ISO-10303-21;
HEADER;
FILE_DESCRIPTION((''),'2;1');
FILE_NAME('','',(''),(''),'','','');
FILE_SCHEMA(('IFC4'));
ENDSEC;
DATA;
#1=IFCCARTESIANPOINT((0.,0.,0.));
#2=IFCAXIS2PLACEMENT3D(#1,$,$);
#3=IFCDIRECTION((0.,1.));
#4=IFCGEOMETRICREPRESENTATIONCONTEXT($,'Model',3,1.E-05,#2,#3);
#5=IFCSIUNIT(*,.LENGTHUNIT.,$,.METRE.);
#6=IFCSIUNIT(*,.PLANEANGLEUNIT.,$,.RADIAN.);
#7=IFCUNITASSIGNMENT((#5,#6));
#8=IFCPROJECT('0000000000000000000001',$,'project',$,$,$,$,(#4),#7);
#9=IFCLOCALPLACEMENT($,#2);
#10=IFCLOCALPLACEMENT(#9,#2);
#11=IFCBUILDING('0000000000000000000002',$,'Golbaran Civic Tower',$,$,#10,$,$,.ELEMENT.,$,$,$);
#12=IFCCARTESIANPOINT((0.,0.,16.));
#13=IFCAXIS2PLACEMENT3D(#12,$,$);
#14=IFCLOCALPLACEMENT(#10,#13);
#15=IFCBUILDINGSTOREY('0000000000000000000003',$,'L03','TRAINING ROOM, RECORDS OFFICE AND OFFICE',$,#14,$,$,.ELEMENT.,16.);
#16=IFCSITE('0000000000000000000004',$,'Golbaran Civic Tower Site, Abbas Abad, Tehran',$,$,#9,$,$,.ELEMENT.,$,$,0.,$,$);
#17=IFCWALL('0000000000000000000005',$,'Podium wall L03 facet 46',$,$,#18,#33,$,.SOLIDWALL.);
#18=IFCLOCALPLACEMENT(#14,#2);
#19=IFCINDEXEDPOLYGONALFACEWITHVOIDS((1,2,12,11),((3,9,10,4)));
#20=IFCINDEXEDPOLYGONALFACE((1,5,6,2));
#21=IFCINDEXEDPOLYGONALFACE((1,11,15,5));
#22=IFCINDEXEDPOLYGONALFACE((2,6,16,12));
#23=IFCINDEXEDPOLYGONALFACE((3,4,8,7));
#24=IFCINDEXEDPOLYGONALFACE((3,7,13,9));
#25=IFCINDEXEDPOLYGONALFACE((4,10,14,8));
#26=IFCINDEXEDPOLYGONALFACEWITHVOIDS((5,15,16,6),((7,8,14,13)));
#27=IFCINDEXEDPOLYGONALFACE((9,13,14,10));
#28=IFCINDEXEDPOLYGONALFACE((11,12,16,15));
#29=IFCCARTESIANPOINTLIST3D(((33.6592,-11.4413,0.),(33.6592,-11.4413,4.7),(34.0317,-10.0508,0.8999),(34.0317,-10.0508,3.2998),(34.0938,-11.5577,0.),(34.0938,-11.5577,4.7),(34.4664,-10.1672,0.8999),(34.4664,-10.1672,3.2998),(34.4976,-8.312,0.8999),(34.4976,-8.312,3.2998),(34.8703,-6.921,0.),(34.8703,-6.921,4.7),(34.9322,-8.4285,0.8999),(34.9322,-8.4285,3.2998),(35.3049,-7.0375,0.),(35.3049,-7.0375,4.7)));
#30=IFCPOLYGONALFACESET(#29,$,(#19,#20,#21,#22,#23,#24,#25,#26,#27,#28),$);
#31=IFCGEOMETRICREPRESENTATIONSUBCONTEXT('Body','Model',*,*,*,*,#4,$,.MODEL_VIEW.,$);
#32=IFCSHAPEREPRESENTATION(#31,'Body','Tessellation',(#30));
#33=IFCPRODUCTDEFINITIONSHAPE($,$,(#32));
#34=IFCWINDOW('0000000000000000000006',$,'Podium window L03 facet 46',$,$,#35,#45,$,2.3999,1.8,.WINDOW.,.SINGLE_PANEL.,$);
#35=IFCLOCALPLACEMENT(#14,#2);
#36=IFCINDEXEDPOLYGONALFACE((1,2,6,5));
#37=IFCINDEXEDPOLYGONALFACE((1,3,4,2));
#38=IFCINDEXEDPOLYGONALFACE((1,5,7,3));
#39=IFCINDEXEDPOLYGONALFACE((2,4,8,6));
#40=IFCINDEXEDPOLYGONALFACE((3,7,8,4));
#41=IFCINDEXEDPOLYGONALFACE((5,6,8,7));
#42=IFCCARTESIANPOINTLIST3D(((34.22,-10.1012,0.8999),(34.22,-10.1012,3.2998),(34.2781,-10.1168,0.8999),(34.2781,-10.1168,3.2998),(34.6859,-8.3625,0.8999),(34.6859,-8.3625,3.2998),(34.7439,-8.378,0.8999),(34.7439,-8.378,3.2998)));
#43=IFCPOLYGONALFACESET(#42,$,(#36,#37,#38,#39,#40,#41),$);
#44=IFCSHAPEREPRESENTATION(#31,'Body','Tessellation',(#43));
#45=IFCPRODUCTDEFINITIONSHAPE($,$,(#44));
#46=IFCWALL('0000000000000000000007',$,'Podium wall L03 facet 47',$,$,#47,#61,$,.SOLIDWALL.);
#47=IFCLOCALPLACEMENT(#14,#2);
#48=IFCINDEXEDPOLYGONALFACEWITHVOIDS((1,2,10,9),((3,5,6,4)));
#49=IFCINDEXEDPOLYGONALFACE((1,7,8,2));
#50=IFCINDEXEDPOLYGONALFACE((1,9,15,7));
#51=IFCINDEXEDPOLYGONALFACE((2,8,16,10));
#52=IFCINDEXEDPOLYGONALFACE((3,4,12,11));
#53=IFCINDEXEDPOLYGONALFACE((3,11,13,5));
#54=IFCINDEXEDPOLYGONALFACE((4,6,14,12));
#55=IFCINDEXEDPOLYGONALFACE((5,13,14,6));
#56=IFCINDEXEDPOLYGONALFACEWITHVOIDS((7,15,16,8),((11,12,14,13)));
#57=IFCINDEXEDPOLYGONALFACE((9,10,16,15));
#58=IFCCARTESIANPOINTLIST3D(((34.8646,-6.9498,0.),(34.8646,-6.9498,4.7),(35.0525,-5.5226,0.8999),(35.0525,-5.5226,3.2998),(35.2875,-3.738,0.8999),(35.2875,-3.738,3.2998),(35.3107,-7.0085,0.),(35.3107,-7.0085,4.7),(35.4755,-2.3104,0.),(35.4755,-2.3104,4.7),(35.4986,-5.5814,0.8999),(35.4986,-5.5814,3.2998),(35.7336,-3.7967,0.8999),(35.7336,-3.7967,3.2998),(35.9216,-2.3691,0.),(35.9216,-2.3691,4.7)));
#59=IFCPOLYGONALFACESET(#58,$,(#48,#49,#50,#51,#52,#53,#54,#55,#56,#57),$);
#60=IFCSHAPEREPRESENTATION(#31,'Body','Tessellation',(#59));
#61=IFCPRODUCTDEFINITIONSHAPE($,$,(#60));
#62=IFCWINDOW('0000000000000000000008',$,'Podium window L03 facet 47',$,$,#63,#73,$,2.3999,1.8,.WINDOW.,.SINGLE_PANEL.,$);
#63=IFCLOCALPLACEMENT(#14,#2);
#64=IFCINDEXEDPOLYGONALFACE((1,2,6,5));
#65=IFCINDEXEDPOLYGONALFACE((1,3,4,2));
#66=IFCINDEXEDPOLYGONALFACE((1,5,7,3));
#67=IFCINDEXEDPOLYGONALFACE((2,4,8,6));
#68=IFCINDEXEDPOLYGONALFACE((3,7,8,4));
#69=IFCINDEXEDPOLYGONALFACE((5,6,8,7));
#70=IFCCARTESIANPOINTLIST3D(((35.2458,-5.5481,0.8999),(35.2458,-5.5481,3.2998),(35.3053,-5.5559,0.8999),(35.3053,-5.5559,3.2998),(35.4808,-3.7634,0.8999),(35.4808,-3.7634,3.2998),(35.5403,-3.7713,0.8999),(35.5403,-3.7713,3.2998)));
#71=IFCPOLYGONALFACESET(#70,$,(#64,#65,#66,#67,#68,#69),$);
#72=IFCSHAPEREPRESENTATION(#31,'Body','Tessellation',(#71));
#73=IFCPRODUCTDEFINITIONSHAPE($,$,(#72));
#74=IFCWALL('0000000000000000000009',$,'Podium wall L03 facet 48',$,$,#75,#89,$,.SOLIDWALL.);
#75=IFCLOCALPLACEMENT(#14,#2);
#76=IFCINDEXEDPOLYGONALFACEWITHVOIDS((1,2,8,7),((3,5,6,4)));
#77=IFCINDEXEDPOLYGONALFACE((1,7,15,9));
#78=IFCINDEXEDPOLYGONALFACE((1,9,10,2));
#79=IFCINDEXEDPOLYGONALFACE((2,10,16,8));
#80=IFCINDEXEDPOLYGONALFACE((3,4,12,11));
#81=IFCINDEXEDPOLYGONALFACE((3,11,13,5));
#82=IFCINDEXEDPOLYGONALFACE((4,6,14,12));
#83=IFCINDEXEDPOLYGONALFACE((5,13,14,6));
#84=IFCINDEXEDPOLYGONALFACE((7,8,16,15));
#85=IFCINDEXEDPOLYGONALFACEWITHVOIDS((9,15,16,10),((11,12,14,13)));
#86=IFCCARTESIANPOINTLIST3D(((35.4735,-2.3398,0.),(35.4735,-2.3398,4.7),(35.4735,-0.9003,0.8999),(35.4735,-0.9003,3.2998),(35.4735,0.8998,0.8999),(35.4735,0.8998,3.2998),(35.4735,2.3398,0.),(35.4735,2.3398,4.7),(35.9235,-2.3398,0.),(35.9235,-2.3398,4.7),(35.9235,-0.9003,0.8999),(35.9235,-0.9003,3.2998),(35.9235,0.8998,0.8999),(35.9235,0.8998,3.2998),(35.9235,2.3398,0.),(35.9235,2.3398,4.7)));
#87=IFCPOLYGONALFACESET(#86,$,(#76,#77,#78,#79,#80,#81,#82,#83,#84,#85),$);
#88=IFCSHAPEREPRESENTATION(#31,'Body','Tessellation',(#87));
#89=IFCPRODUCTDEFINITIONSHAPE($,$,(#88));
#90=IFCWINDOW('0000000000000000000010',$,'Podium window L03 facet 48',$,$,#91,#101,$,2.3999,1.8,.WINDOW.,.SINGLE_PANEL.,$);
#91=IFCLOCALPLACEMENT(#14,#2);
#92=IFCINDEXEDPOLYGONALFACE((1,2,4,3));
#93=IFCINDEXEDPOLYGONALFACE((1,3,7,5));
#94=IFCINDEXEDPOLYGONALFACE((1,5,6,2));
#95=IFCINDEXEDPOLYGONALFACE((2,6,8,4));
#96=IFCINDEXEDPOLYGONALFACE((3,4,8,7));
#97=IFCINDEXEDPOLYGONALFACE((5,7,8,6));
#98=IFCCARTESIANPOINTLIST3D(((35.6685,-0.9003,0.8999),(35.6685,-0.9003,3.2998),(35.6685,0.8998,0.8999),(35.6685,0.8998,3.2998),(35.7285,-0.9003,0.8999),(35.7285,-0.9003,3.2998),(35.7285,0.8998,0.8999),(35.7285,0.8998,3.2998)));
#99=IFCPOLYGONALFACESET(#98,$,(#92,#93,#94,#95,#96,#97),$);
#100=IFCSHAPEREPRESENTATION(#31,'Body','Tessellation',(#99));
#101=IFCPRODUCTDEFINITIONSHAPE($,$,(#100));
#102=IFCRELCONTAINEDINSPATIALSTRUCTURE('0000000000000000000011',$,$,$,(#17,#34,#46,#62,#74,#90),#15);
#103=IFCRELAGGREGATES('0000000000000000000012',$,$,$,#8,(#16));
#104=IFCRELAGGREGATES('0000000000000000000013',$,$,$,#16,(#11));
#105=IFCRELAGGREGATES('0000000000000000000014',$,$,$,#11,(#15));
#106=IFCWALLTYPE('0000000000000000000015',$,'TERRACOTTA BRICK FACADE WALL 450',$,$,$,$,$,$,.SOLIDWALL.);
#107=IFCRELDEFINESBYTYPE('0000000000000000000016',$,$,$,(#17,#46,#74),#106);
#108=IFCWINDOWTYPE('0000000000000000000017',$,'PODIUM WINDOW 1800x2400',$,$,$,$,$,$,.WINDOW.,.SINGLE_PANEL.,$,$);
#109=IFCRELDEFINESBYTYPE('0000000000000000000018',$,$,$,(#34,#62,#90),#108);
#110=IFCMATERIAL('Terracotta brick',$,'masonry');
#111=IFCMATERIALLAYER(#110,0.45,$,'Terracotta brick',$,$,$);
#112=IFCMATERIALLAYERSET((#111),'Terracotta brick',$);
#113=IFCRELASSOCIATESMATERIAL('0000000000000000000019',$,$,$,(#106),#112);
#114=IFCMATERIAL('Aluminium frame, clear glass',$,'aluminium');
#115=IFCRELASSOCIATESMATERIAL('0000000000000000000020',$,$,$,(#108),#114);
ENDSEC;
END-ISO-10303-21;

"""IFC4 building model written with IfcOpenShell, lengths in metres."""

from ifc_helpers import new_model, si_unit, direction, frame, frame_2d, origin, place, context, subcontext, project, spatial, rectangle, extrude, material, layer, layer_set, type_object, element, fill, save


model = new_model("IFC4")

# Units and contexts
model_context = context("Model", 3, precision=1e-05, world=origin(), true_north=direction((0.0, 1.0)))
body_context = subcontext(model_context, "Body", "Model", "MODEL_VIEW")
ifc_project = project(units=[si_unit("LENGTHUNIT", "METRE"), si_unit("PLANEANGLEUNIT", "RADIAN")], contexts=[model_context])

# Site, building, storey
site_placement = place(None, origin())
site = spatial("IfcSite", under=ifc_project, at=site_placement, Name="Golbaran Civic Tower Site, Abbas Abad, Tehran", CompositionType="ELEMENT", RefElevation=0.0)
building_placement = place(site_placement, origin())
building = spatial("IfcBuilding", under=site, at=building_placement, Name="Golbaran Civic Tower", CompositionType="ELEMENT")
storey_placement = place(building_placement, frame((0.0, 0.0, 16.0)))
storey = spatial("IfcBuildingStorey", under=building, at=storey_placement, Name="L03", Description="TRAINING ROOM, RECORDS OFFICE AND OFFICE", CompositionType="ELEMENT", Elevation=16.0)

# Walls, openings, windows
ifc_material_1 = material(Name="Terracotta brick", Category="masonry")
ifc_layer_1 = layer(ifc_material_1, 0.45, Name="Terracotta brick")
ifc_layer_set_1 = layer_set([ifc_layer_1], Name="Terracotta brick")
wall_type_1 = type_object("IfcWallType", Name="TERRACOTTA BRICK FACADE WALL 450", PredefinedType="SOLIDWALL", material=ifc_layer_set_1)
ifc_material_2 = material(Name="Aluminium frame, clear glass", Category="aluminium")
window_type = type_object("IfcWindowType", Name="PODIUM WINDOW 1800x2400", PartitioningType="SINGLE_PANEL", PredefinedType="WINDOW", material=ifc_material_2)
wall_1_placement = place(storey_placement, frame((33.8765, -11.4995, 0.0), z_axis=(0.0, 0.0, 1.0), x_axis=(0.258815, 0.965927, 0.0)))
wall_1 = element("IfcWall", 1, at=wall_1_placement, inside=storey, type_object=wall_type_1, Name="Podium wall L03 facet 46", PredefinedType="SOLIDWALL", context=body_context, shape_type="SweptSolid", body=[
    extrude(rectangle(XDim=4.6797, YDim=0.45, at=frame_2d((2.3398, 0.0))), origin(), (0.0, 0.0, 1.0), 4.7),
])
opening_1_placement = place(wall_1_placement, frame((1.4397, 0.0, 0.8999)))
opening_1 = element("IfcOpeningElement", 2, at=opening_1_placement, cuts=wall_1, PredefinedType="OPENING", context=body_context, shape_type="SweptSolid", body=[
    extrude(rectangle(XDim=1.8, YDim=2.3999, at=frame_2d((0.8999, 1.2))), frame((0.0, 0.2349, 0.0), z_axis=(0.0, -1.0, 0.0), x_axis=(1.0, 0.0, 0.0)), (0.0, 0.0, 1.0), 0.47),
])
window_1_placement = place(opening_1_placement, origin())
window_1 = element("IfcWindow", 3, at=window_1_placement, inside=storey, type_object=window_type, Name="Podium window L03 facet 46", OverallHeight=2.3999, OverallWidth=1.8, PartitioningType="SINGLE_PANEL", PredefinedType="WINDOW", context=body_context, shape_type="SweptSolid", body=[
    extrude(rectangle(XDim=1.8, YDim=2.3999, at=frame_2d((0.8999, 1.2))), frame((0.0, 0.03, 0.0), z_axis=(0.0, -1.0, 0.0), x_axis=(1.0, 0.0, 0.0)), (0.0, 0.0, 1.0), 0.0601),
])
fill(opening_1, window_1)
wall_2_placement = place(storey_placement, frame((35.0876, -6.9792, 0.0), z_axis=(0.0, 0.0, 1.0), x_axis=(0.130537, 0.991443, 0.0)))
wall_2 = element("IfcWall", 4, at=wall_2_placement, inside=storey, type_object=wall_type_1, Name="Podium wall L03 facet 47", PredefinedType="SOLIDWALL", context=body_context, shape_type="SweptSolid", body=[
    extrude(rectangle(XDim=4.6794, YDim=0.45, at=frame_2d((2.3398, 0.0))), origin(), (0.0, 0.0, 1.0), 4.7),
])
opening_2_placement = place(wall_2_placement, frame((1.4397, 0.0, 0.8999)))
opening_2 = element("IfcOpeningElement", 5, at=opening_2_placement, cuts=wall_2, PredefinedType="OPENING", context=body_context, shape_type="SweptSolid", body=[
    extrude(rectangle(XDim=1.8, YDim=2.3999, at=frame_2d((0.8999, 1.2))), frame((0.0, 0.2349, 0.0), z_axis=(0.0, -1.0, 0.0), x_axis=(1.0, 0.0, 0.0)), (0.0, 0.0, 1.0), 0.47),
])
window_2_placement = place(opening_2_placement, origin())
window_2 = element("IfcWindow", 6, at=window_2_placement, inside=storey, type_object=window_type, Name="Podium window L03 facet 47", OverallHeight=2.3999, OverallWidth=1.8, PartitioningType="SINGLE_PANEL", PredefinedType="WINDOW", context=body_context, shape_type="SweptSolid", body=[
    extrude(rectangle(XDim=1.8, YDim=2.3999, at=frame_2d((0.8999, 1.2))), frame((0.0, 0.03, 0.0), z_axis=(0.0, -1.0, 0.0), x_axis=(1.0, 0.0, 0.0)), (0.0, 0.0, 1.0), 0.0601),
])
fill(opening_2, window_2)
wall_3_placement = place(storey_placement, frame((35.6985, -2.3398, 0.0), z_axis=(0.0, 0.0, 1.0), x_axis=(0.0, 1.0, 0.0)))
wall_3 = element("IfcWall", 7, at=wall_3_placement, inside=storey, type_object=wall_type_1, Name="Podium wall L03 facet 48", PredefinedType="SOLIDWALL", context=body_context, shape_type="SweptSolid", body=[
    extrude(rectangle(XDim=4.6797, YDim=0.45, at=frame_2d((2.3398, 0.0))), origin(), (0.0, 0.0, 1.0), 4.7),
])
opening_3_placement = place(wall_3_placement, frame((1.4397, 0.0, 0.8999)))
opening_3 = element("IfcOpeningElement", 8, at=opening_3_placement, cuts=wall_3, PredefinedType="OPENING", context=body_context, shape_type="SweptSolid", body=[
    extrude(rectangle(XDim=1.8, YDim=2.3999, at=frame_2d((0.8999, 1.2))), frame((0.0, 0.2349, 0.0), z_axis=(0.0, -1.0, 0.0), x_axis=(1.0, 0.0, 0.0)), (0.0, 0.0, 1.0), 0.47),
])
window_3_placement = place(opening_3_placement, origin())
window_3 = element("IfcWindow", 9, at=window_3_placement, inside=storey, type_object=window_type, Name="Podium window L03 facet 48", OverallHeight=2.3999, OverallWidth=1.8, PartitioningType="SINGLE_PANEL", PredefinedType="WINDOW", context=body_context, shape_type="SweptSolid", body=[
    extrude(rectangle(XDim=1.8, YDim=2.3999, at=frame_2d((0.8999, 1.2))), frame((0.0, 0.03, 0.0), z_axis=(0.0, -1.0, 0.0), x_axis=(1.0, 0.0, 0.0)), (0.0, 0.0, 1.0), 0.0601),
])
fill(opening_3, window_3)

save(model, "model.ifc")
